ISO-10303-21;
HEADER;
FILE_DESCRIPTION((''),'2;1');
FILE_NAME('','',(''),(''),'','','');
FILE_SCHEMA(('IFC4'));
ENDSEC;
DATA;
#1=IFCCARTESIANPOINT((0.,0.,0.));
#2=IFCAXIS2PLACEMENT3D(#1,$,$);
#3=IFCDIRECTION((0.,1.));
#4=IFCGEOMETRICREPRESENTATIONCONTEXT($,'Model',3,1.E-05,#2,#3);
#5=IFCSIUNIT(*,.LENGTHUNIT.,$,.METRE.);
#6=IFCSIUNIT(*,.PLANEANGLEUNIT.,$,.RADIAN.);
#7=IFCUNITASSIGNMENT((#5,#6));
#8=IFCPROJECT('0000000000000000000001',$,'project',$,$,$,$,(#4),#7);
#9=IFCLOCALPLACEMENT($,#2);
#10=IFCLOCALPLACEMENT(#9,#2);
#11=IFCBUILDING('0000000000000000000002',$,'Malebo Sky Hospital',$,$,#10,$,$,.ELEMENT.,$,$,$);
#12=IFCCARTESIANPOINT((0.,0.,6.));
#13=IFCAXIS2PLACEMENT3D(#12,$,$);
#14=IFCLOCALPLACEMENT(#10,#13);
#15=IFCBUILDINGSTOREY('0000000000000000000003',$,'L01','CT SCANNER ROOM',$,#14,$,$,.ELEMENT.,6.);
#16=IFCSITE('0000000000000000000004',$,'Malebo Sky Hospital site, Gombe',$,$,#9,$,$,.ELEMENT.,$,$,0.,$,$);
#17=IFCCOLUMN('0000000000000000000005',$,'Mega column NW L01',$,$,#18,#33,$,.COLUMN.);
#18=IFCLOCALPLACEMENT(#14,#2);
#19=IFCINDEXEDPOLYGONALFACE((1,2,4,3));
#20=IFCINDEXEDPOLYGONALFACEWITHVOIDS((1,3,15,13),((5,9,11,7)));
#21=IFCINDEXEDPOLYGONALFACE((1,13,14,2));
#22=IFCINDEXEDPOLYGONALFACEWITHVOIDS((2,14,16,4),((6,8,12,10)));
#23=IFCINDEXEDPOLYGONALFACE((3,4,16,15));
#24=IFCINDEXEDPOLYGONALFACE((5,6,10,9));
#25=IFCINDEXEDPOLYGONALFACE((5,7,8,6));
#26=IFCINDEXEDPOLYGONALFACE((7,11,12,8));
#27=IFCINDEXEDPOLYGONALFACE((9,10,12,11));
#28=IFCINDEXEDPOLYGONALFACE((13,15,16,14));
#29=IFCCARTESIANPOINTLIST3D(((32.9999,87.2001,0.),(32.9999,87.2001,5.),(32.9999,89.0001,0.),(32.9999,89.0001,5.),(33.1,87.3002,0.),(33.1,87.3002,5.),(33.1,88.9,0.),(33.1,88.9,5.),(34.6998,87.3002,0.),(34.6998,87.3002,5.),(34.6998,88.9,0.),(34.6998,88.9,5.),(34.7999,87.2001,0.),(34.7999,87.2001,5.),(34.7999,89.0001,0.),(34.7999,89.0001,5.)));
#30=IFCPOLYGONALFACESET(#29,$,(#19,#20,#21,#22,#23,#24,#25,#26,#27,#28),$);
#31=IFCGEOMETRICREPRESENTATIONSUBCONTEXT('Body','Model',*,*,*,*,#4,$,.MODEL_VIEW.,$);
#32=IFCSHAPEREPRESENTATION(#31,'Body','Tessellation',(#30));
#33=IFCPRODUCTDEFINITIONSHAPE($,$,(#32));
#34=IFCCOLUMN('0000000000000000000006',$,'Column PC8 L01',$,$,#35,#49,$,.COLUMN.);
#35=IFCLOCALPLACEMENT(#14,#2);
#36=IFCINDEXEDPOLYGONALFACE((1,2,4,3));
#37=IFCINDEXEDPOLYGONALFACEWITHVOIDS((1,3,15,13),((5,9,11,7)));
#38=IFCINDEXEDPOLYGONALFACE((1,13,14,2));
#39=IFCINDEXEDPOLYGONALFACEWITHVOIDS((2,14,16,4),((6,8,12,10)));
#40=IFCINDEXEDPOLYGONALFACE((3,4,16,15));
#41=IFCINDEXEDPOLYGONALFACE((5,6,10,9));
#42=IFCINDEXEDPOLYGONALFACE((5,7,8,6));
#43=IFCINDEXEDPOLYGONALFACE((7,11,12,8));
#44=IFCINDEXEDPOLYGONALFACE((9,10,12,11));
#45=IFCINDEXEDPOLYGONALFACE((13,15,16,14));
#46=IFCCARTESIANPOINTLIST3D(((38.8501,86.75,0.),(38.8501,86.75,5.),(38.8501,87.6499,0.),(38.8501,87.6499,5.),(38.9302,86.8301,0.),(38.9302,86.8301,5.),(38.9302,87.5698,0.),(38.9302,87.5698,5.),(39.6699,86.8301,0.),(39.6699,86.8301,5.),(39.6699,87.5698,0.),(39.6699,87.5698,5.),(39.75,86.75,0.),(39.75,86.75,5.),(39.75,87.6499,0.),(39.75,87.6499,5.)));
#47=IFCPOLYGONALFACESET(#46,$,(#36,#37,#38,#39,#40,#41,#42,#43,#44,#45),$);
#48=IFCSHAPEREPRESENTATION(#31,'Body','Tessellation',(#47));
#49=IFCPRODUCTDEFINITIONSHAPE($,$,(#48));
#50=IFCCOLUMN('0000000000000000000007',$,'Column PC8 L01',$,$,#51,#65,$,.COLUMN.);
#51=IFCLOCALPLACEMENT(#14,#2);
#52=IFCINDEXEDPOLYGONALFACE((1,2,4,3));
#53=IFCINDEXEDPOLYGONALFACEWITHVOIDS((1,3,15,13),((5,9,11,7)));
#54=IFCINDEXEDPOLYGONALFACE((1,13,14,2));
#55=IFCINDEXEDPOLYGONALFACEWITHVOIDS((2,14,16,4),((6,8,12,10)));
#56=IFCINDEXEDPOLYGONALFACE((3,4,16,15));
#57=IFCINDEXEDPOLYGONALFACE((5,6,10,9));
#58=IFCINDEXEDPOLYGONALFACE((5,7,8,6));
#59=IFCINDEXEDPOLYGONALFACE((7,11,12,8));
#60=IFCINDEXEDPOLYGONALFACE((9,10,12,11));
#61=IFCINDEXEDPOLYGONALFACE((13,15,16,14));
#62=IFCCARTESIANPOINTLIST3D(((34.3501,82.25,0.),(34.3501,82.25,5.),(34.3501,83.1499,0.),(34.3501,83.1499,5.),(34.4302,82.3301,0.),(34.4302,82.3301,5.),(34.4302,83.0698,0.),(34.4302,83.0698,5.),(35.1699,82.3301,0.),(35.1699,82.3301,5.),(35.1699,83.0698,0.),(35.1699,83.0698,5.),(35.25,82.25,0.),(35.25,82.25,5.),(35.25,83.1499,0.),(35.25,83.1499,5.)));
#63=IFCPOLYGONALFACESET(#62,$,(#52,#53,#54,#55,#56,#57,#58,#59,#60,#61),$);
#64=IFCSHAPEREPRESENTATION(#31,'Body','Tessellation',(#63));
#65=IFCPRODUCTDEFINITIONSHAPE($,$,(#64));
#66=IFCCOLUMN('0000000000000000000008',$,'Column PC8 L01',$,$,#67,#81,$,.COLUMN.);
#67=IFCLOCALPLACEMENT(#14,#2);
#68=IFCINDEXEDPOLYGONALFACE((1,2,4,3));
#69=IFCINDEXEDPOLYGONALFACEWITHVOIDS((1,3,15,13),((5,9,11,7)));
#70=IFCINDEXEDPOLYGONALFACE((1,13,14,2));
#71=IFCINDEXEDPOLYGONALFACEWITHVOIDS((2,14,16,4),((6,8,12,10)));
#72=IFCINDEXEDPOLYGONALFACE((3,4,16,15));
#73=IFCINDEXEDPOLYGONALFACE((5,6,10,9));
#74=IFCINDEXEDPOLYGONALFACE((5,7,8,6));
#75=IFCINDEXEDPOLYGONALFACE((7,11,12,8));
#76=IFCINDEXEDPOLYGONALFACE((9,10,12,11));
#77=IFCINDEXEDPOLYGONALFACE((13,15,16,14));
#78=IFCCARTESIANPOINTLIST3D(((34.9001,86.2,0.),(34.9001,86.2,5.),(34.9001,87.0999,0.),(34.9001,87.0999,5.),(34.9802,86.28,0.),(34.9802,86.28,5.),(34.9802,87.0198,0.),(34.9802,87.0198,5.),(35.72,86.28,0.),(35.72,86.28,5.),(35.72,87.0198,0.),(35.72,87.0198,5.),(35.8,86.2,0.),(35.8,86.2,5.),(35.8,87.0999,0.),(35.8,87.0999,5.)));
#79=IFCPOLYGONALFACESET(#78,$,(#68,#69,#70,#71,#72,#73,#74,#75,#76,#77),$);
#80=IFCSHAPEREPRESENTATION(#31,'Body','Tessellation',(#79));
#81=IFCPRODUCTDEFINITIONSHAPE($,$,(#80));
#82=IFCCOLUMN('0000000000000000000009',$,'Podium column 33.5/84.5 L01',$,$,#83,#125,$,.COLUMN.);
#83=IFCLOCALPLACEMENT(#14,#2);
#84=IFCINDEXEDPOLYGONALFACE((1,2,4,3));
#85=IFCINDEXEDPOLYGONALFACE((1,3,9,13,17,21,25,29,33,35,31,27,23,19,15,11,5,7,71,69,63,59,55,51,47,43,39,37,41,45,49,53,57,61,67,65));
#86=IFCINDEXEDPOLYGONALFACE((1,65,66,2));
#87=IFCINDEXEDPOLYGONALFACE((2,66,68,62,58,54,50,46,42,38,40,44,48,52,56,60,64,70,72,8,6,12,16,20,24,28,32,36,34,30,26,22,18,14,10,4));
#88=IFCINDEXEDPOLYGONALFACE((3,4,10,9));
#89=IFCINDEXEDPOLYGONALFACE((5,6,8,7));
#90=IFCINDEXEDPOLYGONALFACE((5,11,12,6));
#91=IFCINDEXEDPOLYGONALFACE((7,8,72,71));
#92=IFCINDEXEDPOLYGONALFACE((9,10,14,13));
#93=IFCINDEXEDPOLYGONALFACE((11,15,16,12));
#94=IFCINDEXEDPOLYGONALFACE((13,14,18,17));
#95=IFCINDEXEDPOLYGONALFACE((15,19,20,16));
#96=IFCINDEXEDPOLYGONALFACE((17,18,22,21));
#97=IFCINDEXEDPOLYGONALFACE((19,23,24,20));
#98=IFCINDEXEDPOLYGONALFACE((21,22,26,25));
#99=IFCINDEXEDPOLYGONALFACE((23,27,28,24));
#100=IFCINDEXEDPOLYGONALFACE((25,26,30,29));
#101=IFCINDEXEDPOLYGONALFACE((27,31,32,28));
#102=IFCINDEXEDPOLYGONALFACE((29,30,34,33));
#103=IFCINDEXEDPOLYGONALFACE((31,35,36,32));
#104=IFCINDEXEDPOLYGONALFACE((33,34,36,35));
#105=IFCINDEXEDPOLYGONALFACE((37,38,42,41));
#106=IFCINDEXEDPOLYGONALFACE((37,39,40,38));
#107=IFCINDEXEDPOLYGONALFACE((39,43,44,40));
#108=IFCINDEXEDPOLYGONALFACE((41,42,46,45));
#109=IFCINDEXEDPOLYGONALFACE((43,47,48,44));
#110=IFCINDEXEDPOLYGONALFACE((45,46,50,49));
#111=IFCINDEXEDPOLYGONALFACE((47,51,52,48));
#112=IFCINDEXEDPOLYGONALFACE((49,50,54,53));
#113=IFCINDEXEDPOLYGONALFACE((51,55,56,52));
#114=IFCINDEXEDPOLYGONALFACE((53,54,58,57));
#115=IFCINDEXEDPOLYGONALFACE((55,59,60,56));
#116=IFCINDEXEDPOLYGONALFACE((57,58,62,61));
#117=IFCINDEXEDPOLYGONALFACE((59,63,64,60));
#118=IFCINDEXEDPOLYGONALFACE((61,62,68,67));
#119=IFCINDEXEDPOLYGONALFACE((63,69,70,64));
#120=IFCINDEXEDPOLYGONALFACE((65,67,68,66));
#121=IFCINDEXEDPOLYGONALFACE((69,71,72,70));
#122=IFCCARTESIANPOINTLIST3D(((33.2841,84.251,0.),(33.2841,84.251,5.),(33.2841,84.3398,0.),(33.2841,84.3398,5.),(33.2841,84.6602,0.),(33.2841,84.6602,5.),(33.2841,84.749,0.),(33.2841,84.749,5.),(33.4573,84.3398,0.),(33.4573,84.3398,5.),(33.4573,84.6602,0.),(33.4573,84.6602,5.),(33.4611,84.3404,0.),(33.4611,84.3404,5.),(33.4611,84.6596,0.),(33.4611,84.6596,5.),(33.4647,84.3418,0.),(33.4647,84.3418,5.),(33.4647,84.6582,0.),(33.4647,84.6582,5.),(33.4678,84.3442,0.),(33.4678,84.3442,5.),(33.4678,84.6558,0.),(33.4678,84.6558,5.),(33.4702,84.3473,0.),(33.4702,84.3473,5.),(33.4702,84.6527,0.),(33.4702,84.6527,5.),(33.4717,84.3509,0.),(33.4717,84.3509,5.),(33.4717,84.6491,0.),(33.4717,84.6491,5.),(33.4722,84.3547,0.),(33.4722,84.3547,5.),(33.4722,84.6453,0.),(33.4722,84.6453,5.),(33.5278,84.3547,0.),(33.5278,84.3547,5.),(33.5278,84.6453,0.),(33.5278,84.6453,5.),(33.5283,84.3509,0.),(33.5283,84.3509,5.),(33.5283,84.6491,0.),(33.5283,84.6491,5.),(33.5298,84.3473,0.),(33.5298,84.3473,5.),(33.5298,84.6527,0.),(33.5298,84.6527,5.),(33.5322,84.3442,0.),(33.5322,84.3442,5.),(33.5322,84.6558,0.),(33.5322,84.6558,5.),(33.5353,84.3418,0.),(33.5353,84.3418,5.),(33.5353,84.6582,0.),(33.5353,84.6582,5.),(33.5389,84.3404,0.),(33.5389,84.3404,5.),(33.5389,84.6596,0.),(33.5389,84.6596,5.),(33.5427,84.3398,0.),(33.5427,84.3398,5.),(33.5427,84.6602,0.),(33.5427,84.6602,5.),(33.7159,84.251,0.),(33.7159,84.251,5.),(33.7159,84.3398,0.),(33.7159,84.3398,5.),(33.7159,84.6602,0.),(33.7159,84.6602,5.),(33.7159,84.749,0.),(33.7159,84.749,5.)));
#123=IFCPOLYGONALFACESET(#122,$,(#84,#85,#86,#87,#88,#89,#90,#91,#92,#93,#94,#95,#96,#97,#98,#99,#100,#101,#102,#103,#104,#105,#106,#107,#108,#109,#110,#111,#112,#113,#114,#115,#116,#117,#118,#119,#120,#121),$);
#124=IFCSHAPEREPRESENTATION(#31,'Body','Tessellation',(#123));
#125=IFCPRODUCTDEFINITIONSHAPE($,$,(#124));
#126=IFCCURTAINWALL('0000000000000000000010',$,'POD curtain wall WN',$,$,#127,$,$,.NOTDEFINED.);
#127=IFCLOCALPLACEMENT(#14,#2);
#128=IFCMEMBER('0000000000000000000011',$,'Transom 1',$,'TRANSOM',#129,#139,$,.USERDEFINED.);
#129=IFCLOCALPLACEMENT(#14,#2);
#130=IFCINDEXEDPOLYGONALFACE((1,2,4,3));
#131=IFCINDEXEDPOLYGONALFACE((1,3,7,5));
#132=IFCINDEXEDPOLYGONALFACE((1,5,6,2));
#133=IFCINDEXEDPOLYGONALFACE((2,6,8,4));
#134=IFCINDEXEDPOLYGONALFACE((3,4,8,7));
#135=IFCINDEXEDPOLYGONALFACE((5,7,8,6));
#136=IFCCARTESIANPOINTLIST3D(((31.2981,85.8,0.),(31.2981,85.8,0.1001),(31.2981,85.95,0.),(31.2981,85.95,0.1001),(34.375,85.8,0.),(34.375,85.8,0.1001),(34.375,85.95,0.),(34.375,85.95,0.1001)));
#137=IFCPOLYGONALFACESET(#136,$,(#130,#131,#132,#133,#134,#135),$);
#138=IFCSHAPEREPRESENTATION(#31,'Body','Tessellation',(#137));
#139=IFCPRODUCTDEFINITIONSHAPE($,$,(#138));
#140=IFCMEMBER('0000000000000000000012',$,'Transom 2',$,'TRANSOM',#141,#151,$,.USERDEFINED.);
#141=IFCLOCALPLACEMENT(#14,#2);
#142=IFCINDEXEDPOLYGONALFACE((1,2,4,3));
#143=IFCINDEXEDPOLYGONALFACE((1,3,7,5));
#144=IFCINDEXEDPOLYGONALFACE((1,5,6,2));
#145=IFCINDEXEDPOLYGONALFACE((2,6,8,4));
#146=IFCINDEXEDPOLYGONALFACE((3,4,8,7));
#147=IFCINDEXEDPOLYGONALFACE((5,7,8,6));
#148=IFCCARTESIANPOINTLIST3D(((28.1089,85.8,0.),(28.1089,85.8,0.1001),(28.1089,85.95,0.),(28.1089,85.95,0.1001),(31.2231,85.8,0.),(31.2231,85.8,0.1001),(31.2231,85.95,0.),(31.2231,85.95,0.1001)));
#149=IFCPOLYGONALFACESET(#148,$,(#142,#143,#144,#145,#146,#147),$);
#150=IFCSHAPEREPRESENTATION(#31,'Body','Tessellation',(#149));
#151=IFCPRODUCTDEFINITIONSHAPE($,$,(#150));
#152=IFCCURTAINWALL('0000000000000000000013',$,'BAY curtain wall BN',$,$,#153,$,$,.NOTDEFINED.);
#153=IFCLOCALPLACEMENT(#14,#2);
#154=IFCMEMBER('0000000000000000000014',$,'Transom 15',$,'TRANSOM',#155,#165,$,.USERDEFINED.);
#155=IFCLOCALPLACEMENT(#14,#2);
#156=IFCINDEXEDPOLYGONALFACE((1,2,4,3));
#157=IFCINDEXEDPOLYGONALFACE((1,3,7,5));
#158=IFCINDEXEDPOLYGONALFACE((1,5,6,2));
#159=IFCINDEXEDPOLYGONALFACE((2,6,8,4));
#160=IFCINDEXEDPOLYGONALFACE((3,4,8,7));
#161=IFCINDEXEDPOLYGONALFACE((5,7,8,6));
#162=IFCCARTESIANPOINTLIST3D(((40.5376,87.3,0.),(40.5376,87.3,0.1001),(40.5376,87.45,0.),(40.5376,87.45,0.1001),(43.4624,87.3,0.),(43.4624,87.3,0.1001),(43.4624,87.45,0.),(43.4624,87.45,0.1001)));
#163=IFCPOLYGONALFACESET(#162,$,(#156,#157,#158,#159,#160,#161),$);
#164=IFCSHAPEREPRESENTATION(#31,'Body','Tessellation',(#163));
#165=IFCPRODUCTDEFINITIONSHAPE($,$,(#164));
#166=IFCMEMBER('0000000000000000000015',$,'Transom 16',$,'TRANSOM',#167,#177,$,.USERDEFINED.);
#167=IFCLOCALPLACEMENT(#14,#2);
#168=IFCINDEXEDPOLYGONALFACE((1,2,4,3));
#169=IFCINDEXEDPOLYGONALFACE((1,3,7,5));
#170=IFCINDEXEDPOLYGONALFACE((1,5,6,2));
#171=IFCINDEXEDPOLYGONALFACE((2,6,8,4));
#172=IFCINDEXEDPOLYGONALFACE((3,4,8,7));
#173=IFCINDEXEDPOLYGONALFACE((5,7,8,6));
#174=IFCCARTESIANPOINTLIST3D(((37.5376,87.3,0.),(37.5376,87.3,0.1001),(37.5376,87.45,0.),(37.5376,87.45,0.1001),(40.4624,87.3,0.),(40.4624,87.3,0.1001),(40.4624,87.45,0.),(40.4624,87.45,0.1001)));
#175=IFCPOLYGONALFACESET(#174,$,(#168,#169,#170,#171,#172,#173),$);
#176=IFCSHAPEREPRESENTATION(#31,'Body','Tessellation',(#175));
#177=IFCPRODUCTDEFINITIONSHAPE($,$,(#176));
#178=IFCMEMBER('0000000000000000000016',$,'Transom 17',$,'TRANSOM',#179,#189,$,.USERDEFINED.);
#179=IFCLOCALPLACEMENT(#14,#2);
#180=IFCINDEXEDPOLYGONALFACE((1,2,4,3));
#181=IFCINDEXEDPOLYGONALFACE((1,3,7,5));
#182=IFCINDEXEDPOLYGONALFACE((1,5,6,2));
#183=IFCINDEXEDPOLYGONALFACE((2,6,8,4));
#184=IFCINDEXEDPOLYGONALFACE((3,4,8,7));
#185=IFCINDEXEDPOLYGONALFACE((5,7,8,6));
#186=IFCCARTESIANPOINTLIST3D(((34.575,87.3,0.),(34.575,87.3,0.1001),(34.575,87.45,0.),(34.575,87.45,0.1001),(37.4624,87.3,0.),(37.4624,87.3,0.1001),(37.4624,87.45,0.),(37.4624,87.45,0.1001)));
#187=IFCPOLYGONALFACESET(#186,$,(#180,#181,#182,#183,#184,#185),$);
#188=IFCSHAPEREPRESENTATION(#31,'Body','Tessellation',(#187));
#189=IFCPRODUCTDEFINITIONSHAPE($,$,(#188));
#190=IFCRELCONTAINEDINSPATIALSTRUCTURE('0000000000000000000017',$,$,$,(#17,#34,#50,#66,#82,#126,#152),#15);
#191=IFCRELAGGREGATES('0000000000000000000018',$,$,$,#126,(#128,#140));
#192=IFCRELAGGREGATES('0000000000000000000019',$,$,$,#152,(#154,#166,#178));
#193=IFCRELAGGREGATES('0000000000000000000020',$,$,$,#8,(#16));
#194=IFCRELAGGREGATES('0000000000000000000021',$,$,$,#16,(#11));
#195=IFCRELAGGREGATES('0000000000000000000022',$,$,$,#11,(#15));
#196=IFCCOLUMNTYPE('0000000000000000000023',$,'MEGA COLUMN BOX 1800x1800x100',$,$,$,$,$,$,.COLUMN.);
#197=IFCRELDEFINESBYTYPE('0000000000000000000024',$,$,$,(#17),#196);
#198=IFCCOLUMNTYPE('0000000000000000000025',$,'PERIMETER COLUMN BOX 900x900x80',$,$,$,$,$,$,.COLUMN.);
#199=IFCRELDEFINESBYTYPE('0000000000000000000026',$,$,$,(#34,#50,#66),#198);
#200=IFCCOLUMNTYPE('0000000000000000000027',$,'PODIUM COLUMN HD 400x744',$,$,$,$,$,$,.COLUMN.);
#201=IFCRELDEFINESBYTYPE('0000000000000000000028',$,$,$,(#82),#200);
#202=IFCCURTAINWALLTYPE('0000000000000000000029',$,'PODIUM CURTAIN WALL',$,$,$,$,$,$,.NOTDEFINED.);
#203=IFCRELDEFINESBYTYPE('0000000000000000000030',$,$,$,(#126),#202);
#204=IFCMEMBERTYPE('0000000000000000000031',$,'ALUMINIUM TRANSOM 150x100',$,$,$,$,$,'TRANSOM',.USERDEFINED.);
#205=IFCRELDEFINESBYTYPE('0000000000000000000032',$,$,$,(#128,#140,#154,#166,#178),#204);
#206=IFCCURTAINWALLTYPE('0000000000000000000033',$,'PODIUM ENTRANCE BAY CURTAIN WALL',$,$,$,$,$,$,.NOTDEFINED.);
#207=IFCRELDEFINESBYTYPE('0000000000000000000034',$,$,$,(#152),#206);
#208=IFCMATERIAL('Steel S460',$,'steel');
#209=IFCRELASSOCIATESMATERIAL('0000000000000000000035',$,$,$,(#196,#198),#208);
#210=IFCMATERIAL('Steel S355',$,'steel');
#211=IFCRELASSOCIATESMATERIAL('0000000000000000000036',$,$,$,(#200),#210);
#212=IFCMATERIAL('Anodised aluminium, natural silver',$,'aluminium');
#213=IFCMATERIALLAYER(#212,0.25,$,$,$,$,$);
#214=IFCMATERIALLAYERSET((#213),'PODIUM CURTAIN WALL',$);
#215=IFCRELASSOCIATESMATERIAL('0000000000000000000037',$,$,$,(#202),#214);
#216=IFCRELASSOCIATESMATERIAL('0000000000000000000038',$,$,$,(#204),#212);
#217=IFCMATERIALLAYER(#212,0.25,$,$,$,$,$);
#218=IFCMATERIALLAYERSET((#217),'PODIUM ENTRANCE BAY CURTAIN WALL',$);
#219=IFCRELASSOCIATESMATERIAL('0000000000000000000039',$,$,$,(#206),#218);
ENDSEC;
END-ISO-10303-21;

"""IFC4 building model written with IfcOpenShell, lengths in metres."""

from ifc_helpers import new_model, si_unit, direction, frame, origin, origin_2d, place, context, subcontext, project, spatial, rectangle, hollow_rectangle, i_section, extrude, material, layer, layer_set, material_profile, profile_set, type_object, element, aggregate, save


model = new_model("IFC4")

# Units and contexts
model_context = context("Model", 3, precision=1e-05, world=origin(), true_north=direction((0.0, 1.0)))
body_context = subcontext(model_context, "Body", "Model", "MODEL_VIEW")
ifc_project = project(units=[si_unit("LENGTHUNIT", "METRE"), si_unit("PLANEANGLEUNIT", "RADIAN")], contexts=[model_context])

# Site, building, storey
site_placement = place(None, origin())
site = spatial("IfcSite", under=ifc_project, at=site_placement, Name="Malebo Sky Hospital site, Gombe", CompositionType="ELEMENT", RefElevation=0.0)
building_placement = place(site_placement, origin())
building = spatial("IfcBuilding", under=site, at=building_placement, Name="Malebo Sky Hospital", CompositionType="ELEMENT")
storey_placement = place(building_placement, frame((0.0, 0.0, 6.0)))
storey = spatial("IfcBuildingStorey", under=building, at=storey_placement, Name="L01", Description="CT SCANNER ROOM", CompositionType="ELEMENT", Elevation=6.0)

# Columns
ifc_material_1 = material(Name="Steel S460", Category="steel")
ifc_material_profile_1 = material_profile(ifc_material_1, hollow_rectangle(XDim=1.8, YDim=1.8, WallThickness=0.1001, at=origin_2d()), Name="BOX 1800x1800x100")
ifc_profile_set_1 = profile_set([ifc_material_profile_1], Name="Steel S460")
column_type_1 = type_object("IfcColumnType", Name="MEGA COLUMN BOX 1800x1800x100", PredefinedType="COLUMN", material=ifc_profile_set_1)
column_1_placement = place(storey_placement, frame((33.8999, 88.1001, 0.0), z_axis=(0.0, 0.0, 1.0), x_axis=(1.0, 0.0, 0.0)))
element("IfcColumn", 1, at=column_1_placement, inside=storey, type_object=column_type_1, Name="Mega column NW L01", PredefinedType="COLUMN", context=body_context, shape_type="SweptSolid", body=[
    extrude(hollow_rectangle(XDim=1.8, YDim=1.8, WallThickness=0.1001, at=origin_2d()), origin(), (0.0, 0.0, 1.0), 5.0),
])
ifc_material_profile_2 = material_profile(ifc_material_1, hollow_rectangle(XDim=0.8999, YDim=0.8999, WallThickness=0.0801, at=origin_2d()), Name="BOX 900x900x80")
ifc_profile_set_2 = profile_set([ifc_material_profile_2], Name="Steel S460")
column_type_2 = type_object("IfcColumnType", Name="PERIMETER COLUMN BOX 900x900x80", PredefinedType="COLUMN", material=ifc_profile_set_2)
for number, where, z_axis, x_axis, name in (
    (2, (39.3, 87.2, 0.0), (0.0, 0.0, 1.0), (1.0, 0.0, 0.0), "Column PC8 L01"),
    (3, (34.8, 82.7, 0.0), (0.0, 0.0, 1.0), (1.0, 0.0, 0.0), "Column PC8 L01"),
    (4, (35.3501, 86.6499, 0.0), (0.0, 0.0, 1.0), (1.0, 0.0, 0.0), "Column PC8 L01"),
):
    element("IfcColumn", number, at=place(storey_placement, frame(where, z_axis=z_axis, x_axis=x_axis)), inside=storey, type_object=column_type_2, Name=name, PredefinedType="COLUMN", context=body_context, shape_type="SweptSolid", body=[
        extrude(hollow_rectangle(XDim=0.8999, YDim=0.8999, WallThickness=0.0801, at=origin_2d()), origin(), (0.0, 0.0, 1.0), 5.0),
    ])
ifc_material_2 = material(Name="Steel S355", Category="steel")
ifc_material_profile_3 = material_profile(ifc_material_2, i_section(OverallWidth=0.4319, OverallDepth=0.498, WebThickness=0.0557, FlangeThickness=0.0889, FilletRadius=0.0149, at=origin_2d()), Name="HD 400x744")
ifc_profile_set_3 = profile_set([ifc_material_profile_3], Name="Steel S355")
column_type_3 = type_object("IfcColumnType", Name="PODIUM COLUMN HD 400x744", PredefinedType="COLUMN", material=ifc_profile_set_3)
column_2_placement = place(storey_placement, frame((33.5, 84.5, 0.0), z_axis=(0.0, 0.0, 1.0), x_axis=(1.0, 0.0, 0.0)))
element("IfcColumn", 5, at=column_2_placement, inside=storey, type_object=column_type_3, Name="Podium column 33.5/84.5 L01", PredefinedType="COLUMN", context=body_context, shape_type="SweptSolid", body=[
    extrude(i_section(OverallWidth=0.4319, OverallDepth=0.498, WebThickness=0.0557, FlangeThickness=0.0889, FilletRadius=0.0149, at=origin_2d()), origin(), (0.0, 0.0, 1.0), 5.0),
])

# Curtain walls, members
ifc_material_3 = material(Name="Anodised aluminium, natural silver", Category="aluminium")
ifc_layer_1 = layer(ifc_material_3, 0.25)
ifc_layer_set_1 = layer_set([ifc_layer_1], Name="PODIUM CURTAIN WALL")
curtain_wall_type_1 = type_object("IfcCurtainWallType", Name="PODIUM CURTAIN WALL", PredefinedType="NOTDEFINED", material=ifc_layer_set_1)
curtain_wall_1_placement = place(storey_placement, origin())
curtain_wall_1 = element("IfcCurtainWall", 6, at=curtain_wall_1_placement, inside=storey, type_object=curtain_wall_type_1, Name="POD curtain wall WN", PredefinedType="NOTDEFINED")
ifc_material_profile_4 = material_profile(ifc_material_3, rectangle(XDim=0.1499, YDim=0.1001, at=origin_2d()), Name="ALUMINIUM TRANSOM 150x100")
ifc_profile_set_4 = profile_set([ifc_material_profile_4], Name="Anodised aluminium, natural silver")
member_type_1 = type_object("IfcMemberType", Name="ALUMINIUM TRANSOM 150x100", ElementType="TRANSOM", PredefinedType="USERDEFINED", material=ifc_profile_set_4)
member_1_placement = place(storey_placement, frame((34.375, 85.875, 0.05), z_axis=(-1.0, 0.0, 0.0), x_axis=(0.0, -1.0, 0.0)))
member_1 = element("IfcMember", 7, at=member_1_placement, type_object=member_type_1, Name="Transom 1", ObjectType="TRANSOM", PredefinedType="USERDEFINED", context=body_context, shape_type="SweptSolid", body=[
    extrude(rectangle(XDim=0.1499, YDim=0.1001, at=origin_2d()), origin(), (0.0, 0.0, 1.0), 3.0769),
])
member_2_placement = place(storey_placement, frame((31.2231, 85.875, 0.05), z_axis=(-1.0, 0.0, 0.0), x_axis=(0.0, -1.0, 0.0)))
member_2 = element("IfcMember", 8, at=member_2_placement, type_object=member_type_1, Name="Transom 2", ObjectType="TRANSOM", PredefinedType="USERDEFINED", context=body_context, shape_type="SweptSolid", body=[
    extrude(rectangle(XDim=0.1499, YDim=0.1001, at=origin_2d()), origin(), (0.0, 0.0, 1.0), 3.1143),
])
ifc_layer_2 = layer(ifc_material_3, 0.25)
ifc_layer_set_2 = layer_set([ifc_layer_2], Name="PODIUM ENTRANCE BAY CURTAIN WALL")
curtain_wall_type_2 = type_object("IfcCurtainWallType", Name="PODIUM ENTRANCE BAY CURTAIN WALL", PredefinedType="NOTDEFINED", material=ifc_layer_set_2)
curtain_wall_2_placement = place(storey_placement, origin())
curtain_wall_2 = element("IfcCurtainWall", 9, at=curtain_wall_2_placement, inside=storey, type_object=curtain_wall_type_2, Name="BAY curtain wall BN", PredefinedType="NOTDEFINED")
member_3_placement = place(storey_placement, frame((43.4624, 87.375, 0.05), z_axis=(-1.0, 0.0, 0.0), x_axis=(0.0, -1.0, 0.0)))
member_3 = element("IfcMember", 10, at=member_3_placement, type_object=member_type_1, Name="Transom 15", ObjectType="TRANSOM", PredefinedType="USERDEFINED", context=body_context, shape_type="SweptSolid", body=[
    extrude(rectangle(XDim=0.1499, YDim=0.1001, at=origin_2d()), origin(), (0.0, 0.0, 1.0), 2.9248),
])
member_4_placement = place(storey_placement, frame((40.4624, 87.375, 0.05), z_axis=(-1.0, 0.0, 0.0), x_axis=(0.0, -1.0, 0.0)))
member_4 = element("IfcMember", 11, at=member_4_placement, type_object=member_type_1, Name="Transom 16", ObjectType="TRANSOM", PredefinedType="USERDEFINED", context=body_context, shape_type="SweptSolid", body=[
    extrude(rectangle(XDim=0.1499, YDim=0.1001, at=origin_2d()), origin(), (0.0, 0.0, 1.0), 2.9248),
])
member_5_placement = place(storey_placement, frame((37.4624, 87.375, 0.05), z_axis=(-1.0, 0.0, 0.0), x_axis=(0.0, -1.0, 0.0)))
member_5 = element("IfcMember", 12, at=member_5_placement, type_object=member_type_1, Name="Transom 17", ObjectType="TRANSOM", PredefinedType="USERDEFINED", context=body_context, shape_type="SweptSolid", body=[
    extrude(rectangle(XDim=0.1499, YDim=0.1001, at=origin_2d()), origin(), (0.0, 0.0, 1.0), 2.8875),
])

aggregate(curtain_wall_1, [member_1, member_2])
aggregate(curtain_wall_2, [member_3, member_4, member_5])

save(model, "model.ifc")
